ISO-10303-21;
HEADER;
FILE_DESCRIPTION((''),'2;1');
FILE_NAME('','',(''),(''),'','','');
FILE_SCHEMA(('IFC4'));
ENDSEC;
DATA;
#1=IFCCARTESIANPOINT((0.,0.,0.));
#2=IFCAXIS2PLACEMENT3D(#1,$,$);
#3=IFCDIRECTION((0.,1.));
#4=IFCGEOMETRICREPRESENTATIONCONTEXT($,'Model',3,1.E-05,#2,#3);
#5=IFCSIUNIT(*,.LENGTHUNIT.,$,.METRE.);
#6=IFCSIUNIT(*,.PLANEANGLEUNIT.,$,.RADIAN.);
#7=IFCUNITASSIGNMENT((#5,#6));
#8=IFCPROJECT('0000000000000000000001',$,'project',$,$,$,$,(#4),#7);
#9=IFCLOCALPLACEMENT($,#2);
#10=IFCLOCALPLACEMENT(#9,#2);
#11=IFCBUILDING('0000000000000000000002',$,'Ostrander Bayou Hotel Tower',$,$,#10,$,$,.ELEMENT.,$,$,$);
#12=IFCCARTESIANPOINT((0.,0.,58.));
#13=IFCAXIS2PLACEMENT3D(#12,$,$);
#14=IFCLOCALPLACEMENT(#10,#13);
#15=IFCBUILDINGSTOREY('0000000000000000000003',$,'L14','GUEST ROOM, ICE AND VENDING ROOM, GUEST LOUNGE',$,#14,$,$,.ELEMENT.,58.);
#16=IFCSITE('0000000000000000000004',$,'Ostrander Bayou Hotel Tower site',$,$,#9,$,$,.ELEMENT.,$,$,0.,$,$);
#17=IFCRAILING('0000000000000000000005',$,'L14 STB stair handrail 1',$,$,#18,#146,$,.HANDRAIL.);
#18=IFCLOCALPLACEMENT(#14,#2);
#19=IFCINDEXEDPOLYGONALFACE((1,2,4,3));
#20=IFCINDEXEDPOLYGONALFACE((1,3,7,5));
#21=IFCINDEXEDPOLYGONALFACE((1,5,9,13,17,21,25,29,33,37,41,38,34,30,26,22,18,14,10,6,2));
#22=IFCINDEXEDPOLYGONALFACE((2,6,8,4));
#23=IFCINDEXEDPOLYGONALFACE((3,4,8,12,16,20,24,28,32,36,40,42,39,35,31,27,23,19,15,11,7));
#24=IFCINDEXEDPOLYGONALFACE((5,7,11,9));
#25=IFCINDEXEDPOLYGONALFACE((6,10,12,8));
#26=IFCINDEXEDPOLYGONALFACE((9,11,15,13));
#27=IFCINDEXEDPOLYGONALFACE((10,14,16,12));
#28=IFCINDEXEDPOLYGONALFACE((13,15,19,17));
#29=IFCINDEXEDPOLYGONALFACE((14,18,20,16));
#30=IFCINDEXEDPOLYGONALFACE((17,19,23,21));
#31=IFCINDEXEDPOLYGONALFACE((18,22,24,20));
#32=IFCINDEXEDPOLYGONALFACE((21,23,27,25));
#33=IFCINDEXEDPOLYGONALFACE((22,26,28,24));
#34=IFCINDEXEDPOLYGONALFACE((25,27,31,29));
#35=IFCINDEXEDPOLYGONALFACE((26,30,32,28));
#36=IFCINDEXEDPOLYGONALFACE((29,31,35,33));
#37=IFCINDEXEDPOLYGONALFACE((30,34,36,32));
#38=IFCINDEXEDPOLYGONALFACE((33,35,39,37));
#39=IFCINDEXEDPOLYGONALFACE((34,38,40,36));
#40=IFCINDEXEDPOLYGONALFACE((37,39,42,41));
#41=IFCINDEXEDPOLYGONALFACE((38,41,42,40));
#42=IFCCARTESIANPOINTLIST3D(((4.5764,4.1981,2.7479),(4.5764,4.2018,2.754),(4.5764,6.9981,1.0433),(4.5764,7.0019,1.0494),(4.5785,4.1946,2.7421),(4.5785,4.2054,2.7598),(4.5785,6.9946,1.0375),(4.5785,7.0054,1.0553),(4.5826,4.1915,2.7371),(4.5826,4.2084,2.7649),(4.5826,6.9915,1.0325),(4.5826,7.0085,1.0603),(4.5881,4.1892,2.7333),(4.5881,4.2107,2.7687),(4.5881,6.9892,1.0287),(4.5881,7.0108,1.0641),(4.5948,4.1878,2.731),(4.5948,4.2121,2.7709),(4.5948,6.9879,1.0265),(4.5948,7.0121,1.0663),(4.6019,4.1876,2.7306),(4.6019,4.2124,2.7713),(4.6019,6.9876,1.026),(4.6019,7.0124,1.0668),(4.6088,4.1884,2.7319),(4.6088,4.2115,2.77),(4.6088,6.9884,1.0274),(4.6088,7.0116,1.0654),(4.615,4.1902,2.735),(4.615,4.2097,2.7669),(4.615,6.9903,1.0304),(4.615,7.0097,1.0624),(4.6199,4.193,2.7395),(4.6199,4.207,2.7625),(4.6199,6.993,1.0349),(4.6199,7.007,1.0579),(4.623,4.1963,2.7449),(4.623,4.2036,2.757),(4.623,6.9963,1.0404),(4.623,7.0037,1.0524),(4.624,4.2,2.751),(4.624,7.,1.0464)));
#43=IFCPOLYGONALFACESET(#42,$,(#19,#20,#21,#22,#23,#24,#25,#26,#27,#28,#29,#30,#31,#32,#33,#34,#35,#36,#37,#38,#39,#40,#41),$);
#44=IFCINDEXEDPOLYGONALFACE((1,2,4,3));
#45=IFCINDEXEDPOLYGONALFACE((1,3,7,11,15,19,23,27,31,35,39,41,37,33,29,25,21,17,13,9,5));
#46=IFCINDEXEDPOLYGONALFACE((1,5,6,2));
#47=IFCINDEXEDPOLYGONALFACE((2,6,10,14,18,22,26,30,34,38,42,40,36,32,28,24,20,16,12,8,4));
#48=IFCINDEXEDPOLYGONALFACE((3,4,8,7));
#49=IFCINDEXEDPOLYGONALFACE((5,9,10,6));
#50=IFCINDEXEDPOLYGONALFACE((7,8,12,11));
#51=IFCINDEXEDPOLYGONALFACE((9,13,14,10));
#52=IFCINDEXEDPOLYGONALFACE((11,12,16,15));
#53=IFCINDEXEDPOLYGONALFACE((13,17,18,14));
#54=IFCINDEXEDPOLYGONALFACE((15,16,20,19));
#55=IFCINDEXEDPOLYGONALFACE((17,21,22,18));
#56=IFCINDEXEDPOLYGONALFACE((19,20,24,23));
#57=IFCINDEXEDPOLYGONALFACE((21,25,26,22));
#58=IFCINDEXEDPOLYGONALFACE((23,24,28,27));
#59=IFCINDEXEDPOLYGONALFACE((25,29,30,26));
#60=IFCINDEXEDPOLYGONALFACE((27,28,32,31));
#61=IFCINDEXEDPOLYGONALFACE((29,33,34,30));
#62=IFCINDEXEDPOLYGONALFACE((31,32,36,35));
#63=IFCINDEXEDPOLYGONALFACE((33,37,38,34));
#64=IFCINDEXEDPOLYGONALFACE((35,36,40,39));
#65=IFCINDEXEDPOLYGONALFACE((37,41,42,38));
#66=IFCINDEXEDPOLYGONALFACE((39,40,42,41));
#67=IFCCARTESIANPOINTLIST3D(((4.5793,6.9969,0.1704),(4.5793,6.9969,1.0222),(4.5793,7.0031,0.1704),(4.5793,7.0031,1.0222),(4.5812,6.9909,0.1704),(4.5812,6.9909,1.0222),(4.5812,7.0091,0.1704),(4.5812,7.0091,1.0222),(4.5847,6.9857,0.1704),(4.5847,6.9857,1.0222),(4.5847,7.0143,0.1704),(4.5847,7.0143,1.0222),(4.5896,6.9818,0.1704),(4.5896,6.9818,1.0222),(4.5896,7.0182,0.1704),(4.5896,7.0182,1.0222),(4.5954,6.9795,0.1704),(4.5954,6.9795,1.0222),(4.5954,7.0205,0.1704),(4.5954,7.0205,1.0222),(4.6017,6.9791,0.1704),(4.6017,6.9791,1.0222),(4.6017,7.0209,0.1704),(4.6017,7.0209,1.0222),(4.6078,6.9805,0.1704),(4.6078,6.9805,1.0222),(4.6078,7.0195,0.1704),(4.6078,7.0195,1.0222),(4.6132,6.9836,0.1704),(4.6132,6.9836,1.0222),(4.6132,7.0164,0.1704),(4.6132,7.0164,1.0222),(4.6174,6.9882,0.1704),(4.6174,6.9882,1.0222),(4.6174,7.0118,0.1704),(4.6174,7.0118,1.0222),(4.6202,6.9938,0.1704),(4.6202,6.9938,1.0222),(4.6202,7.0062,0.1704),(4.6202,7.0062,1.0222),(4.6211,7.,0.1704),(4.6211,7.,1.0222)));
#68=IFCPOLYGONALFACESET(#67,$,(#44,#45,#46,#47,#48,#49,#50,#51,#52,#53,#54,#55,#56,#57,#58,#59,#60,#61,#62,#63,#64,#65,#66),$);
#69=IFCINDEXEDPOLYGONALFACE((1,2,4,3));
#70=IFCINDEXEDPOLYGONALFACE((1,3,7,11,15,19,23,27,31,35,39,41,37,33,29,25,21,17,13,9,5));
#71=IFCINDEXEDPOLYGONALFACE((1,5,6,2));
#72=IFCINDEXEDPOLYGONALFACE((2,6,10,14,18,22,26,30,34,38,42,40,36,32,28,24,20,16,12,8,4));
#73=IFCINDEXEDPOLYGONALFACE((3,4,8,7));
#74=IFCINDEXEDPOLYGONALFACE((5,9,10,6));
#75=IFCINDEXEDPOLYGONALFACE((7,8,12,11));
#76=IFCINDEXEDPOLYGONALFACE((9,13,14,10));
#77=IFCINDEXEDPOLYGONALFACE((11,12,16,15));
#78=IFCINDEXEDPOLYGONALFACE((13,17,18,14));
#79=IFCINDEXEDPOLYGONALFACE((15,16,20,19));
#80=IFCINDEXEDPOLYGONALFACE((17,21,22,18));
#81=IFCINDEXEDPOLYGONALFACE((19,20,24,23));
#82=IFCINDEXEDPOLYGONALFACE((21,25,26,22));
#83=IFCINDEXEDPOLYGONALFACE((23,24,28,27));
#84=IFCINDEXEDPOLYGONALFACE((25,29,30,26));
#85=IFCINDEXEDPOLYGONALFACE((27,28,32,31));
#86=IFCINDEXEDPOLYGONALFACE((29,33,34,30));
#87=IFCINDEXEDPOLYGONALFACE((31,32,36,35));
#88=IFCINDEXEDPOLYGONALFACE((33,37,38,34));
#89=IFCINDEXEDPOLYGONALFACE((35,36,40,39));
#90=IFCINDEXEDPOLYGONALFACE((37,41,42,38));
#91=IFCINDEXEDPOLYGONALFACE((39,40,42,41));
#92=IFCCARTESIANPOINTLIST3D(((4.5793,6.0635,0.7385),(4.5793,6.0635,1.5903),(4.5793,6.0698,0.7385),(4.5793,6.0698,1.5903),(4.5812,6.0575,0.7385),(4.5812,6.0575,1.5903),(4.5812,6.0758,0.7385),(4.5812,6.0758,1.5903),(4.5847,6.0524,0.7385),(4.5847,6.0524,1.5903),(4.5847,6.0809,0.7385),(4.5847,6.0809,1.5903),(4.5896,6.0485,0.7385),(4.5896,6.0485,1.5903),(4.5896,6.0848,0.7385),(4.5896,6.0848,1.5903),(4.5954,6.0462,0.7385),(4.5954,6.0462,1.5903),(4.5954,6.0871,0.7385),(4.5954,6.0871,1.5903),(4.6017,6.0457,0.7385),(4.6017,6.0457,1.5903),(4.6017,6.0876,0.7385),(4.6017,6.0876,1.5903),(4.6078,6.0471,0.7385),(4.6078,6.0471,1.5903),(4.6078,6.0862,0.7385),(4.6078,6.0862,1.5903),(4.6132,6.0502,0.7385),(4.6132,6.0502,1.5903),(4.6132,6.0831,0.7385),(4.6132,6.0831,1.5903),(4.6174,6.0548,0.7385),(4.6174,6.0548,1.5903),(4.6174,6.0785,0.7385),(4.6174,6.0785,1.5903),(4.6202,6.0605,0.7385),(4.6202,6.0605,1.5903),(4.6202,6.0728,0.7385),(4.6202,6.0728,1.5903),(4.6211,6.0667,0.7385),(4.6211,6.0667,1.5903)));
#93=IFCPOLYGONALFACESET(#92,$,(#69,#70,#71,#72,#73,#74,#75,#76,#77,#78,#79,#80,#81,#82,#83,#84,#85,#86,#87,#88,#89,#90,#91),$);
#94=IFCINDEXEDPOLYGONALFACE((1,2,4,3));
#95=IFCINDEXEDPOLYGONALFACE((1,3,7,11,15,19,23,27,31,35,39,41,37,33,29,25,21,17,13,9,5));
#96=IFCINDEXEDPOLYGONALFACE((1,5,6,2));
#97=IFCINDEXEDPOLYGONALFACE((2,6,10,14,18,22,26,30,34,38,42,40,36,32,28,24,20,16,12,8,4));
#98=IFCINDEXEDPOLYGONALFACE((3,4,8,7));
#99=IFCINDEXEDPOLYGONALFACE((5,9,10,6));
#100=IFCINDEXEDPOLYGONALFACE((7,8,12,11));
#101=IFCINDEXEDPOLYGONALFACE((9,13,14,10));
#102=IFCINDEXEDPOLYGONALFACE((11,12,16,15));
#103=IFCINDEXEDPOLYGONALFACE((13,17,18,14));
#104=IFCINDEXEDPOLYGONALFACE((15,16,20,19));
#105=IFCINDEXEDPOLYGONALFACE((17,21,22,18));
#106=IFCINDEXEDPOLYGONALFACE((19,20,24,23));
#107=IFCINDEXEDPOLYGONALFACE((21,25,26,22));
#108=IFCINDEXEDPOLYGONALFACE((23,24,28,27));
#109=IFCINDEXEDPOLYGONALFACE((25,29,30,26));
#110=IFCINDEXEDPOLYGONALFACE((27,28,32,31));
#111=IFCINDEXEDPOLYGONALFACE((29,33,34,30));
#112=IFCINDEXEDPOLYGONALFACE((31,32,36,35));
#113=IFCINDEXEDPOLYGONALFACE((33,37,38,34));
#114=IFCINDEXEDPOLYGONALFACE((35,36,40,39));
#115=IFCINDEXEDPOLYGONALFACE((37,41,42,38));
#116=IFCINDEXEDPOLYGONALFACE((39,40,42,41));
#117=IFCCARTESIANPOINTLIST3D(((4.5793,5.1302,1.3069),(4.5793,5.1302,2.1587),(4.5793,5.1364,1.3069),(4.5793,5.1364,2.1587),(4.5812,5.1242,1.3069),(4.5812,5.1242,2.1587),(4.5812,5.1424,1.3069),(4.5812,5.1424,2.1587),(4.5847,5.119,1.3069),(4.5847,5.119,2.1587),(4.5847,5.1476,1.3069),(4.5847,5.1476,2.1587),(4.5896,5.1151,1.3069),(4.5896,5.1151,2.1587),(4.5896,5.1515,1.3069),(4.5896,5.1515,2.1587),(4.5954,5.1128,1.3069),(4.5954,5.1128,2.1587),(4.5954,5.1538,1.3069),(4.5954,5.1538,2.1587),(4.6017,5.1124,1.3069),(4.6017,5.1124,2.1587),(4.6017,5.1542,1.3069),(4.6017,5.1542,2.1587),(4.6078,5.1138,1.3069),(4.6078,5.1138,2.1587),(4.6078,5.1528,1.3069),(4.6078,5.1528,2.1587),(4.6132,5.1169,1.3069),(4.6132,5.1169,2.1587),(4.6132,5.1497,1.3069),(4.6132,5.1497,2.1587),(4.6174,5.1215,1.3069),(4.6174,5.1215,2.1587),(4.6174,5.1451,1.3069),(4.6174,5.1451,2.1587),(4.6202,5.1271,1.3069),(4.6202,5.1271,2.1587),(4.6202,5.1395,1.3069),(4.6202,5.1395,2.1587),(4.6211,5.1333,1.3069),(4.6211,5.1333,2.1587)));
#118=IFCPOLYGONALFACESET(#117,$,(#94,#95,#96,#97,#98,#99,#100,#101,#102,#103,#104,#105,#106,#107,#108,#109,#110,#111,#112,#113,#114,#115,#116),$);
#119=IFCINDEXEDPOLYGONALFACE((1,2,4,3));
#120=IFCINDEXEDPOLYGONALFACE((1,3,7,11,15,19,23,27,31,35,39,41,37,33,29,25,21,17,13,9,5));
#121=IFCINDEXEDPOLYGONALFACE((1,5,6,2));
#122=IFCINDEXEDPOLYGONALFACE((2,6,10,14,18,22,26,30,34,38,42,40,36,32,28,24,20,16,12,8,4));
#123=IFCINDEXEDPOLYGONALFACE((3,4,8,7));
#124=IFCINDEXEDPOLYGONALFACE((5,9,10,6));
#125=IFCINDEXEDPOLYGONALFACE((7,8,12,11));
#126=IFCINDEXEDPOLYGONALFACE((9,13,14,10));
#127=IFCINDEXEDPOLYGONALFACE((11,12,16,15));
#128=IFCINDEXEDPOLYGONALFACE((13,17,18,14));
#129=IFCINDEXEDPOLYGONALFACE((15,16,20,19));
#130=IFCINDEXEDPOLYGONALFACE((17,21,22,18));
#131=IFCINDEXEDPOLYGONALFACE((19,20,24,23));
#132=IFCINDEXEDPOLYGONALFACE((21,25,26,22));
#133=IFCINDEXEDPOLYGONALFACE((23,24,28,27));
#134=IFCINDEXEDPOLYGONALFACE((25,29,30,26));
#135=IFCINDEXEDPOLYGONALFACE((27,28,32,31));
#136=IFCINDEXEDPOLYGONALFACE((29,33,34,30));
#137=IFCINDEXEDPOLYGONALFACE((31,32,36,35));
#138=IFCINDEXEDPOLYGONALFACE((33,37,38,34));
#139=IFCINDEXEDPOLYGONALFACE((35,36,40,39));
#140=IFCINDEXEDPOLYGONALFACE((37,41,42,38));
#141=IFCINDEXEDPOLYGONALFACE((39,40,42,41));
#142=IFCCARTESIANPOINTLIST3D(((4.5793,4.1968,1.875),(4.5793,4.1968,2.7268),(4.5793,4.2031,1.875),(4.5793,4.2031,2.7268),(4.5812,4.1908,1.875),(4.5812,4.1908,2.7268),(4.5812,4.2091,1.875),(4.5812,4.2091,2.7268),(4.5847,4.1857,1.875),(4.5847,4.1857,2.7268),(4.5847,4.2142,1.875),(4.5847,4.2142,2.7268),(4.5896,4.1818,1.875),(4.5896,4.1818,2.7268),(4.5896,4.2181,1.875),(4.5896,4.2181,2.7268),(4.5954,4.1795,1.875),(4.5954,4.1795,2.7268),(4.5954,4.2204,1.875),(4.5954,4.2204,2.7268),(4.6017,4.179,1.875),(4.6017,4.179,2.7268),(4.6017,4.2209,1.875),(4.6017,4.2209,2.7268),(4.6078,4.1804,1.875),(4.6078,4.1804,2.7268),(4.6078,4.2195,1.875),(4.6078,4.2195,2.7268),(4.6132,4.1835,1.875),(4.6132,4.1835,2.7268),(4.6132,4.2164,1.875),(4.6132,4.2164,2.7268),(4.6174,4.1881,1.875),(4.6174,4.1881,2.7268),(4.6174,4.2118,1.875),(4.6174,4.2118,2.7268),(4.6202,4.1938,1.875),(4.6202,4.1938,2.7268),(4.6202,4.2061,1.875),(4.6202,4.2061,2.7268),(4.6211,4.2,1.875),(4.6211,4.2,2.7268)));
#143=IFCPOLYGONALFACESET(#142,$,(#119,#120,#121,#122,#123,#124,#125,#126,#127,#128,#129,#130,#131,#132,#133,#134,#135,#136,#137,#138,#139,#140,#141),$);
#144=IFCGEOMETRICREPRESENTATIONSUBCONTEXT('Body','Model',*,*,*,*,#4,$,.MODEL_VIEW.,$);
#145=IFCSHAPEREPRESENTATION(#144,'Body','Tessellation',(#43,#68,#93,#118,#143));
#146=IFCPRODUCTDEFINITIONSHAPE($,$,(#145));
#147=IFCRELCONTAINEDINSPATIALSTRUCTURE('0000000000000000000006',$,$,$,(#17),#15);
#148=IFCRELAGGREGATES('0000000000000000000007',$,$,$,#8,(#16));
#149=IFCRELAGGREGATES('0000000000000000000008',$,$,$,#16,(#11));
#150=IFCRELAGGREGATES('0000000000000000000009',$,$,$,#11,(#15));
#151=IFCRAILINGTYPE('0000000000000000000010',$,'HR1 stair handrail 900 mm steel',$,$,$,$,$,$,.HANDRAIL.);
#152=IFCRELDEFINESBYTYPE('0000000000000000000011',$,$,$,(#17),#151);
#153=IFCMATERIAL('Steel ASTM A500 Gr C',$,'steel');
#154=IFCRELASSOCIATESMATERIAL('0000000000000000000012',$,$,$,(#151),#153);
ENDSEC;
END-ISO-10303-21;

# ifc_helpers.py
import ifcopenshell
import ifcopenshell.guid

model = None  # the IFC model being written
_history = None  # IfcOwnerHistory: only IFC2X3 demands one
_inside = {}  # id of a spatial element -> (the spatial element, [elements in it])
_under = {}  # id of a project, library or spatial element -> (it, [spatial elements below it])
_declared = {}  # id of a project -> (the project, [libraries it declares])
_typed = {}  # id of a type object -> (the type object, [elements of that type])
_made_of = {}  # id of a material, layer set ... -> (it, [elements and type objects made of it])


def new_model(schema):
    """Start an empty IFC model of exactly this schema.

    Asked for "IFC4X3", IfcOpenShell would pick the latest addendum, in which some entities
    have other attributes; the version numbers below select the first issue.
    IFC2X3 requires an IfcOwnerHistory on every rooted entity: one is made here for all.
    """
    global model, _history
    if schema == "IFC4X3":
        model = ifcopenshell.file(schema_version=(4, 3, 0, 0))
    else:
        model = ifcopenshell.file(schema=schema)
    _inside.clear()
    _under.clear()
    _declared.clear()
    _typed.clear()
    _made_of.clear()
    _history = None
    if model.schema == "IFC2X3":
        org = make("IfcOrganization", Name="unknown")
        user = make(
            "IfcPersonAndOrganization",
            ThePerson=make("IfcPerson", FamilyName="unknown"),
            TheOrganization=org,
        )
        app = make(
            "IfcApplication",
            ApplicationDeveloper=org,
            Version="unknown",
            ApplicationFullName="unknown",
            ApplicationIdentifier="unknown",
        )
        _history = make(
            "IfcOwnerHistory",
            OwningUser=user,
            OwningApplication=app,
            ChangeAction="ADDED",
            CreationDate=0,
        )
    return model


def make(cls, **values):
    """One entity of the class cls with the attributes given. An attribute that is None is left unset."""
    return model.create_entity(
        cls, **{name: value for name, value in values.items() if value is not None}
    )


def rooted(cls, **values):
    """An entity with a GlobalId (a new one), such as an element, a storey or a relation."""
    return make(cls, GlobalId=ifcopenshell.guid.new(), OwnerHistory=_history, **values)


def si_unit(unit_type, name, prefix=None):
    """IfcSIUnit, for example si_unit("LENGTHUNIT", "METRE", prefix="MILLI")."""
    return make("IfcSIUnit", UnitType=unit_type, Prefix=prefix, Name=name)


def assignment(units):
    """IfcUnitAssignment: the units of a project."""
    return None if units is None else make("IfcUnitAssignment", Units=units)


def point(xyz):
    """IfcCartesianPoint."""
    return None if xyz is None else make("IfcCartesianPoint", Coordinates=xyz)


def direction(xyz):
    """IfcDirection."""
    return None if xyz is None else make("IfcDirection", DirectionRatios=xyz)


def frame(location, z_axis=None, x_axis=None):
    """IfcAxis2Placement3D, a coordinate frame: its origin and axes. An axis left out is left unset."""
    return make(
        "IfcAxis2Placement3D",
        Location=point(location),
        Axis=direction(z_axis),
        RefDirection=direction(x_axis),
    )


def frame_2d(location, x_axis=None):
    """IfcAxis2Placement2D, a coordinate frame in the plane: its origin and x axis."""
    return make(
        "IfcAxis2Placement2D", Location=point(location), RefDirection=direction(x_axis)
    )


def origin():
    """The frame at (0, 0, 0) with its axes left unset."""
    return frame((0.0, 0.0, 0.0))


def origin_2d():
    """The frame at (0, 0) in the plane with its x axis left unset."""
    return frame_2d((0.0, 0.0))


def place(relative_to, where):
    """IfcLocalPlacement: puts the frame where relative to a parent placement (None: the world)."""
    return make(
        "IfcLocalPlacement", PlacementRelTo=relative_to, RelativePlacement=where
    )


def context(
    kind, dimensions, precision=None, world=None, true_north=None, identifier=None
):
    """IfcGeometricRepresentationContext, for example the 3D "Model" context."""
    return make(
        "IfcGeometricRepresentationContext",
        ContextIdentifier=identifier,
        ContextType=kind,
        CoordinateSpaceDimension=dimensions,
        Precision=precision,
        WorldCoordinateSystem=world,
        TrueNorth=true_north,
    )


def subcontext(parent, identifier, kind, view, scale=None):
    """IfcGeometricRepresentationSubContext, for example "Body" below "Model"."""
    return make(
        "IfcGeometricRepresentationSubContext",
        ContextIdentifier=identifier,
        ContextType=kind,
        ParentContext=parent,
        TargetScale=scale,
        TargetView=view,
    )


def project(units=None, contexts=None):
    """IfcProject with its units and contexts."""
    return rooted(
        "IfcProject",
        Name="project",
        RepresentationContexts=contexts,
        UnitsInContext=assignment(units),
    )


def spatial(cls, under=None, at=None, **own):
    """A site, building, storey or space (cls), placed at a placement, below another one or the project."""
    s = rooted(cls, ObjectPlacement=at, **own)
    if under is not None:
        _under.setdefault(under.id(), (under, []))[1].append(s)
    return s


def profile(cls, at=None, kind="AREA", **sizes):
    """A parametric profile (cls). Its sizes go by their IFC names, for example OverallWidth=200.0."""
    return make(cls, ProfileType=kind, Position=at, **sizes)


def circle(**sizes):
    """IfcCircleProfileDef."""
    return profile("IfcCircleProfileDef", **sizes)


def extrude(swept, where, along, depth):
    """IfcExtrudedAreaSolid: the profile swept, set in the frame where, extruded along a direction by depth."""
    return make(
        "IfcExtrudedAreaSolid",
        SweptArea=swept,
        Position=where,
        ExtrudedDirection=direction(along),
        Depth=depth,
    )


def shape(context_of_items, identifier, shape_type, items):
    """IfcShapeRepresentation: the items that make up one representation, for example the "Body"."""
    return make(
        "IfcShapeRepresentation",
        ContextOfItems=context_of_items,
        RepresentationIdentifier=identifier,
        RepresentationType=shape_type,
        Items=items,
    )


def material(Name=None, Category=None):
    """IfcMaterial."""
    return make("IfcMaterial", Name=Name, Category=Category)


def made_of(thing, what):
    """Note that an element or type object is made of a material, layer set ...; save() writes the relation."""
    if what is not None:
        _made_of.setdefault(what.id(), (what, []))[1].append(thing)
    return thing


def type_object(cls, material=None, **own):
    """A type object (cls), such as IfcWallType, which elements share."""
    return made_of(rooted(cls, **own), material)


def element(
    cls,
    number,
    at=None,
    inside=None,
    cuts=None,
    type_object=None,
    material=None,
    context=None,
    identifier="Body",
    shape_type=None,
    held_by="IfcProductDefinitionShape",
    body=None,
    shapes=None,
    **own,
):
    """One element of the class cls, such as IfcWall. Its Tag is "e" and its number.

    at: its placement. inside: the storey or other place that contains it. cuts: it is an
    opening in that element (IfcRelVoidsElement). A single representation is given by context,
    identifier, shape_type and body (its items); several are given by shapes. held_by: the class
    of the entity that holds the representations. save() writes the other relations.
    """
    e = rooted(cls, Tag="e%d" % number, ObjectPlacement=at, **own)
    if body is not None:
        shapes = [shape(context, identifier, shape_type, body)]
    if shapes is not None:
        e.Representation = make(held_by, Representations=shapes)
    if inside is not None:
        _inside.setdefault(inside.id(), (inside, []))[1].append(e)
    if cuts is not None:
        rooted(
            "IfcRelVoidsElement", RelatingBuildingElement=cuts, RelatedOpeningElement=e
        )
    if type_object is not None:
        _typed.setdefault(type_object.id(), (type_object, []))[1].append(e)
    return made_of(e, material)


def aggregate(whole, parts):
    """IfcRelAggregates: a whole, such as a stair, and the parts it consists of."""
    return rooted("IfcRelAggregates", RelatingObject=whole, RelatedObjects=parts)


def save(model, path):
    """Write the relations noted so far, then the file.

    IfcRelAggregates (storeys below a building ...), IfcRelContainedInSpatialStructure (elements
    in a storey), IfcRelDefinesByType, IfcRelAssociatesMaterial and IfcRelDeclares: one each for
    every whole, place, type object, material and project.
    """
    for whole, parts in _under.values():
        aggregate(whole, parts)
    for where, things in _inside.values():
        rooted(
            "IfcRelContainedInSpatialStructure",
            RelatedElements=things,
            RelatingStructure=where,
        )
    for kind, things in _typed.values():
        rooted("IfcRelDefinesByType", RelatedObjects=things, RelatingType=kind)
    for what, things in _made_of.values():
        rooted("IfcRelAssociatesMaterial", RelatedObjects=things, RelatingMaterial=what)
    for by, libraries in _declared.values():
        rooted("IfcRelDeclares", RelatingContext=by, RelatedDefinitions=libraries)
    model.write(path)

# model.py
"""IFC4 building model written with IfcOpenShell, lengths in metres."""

from ifc_helpers import new_model, si_unit, direction, frame, origin, origin_2d, place, context, subcontext, project, spatial, circle, extrude, material, type_object, element, save


model = new_model("IFC4")

# Units and contexts
model_context = context("Model", 3, precision=1e-05, world=origin(), true_north=direction((0.0, 1.0)))
body_context = subcontext(model_context, "Body", "Model", "MODEL_VIEW")
ifc_project = project(units=[si_unit("LENGTHUNIT", "METRE"), si_unit("PLANEANGLEUNIT", "RADIAN")], contexts=[model_context])

# Site, building, storey
site_placement = place(None, origin())
site = spatial("IfcSite", under=ifc_project, at=site_placement, Name="Ostrander Bayou Hotel Tower site", CompositionType="ELEMENT", RefElevation=0.0)
building_placement = place(site_placement, origin())
building = spatial("IfcBuilding", under=site, at=building_placement, Name="Ostrander Bayou Hotel Tower", CompositionType="ELEMENT")
storey_placement = place(building_placement, frame((0.0, 0.0, 58.0)))
storey = spatial("IfcBuildingStorey", under=building, at=storey_placement, Name="L14", Description="GUEST ROOM, ICE AND VENDING ROOM, GUEST LOUNGE", CompositionType="ELEMENT", Elevation=58.0)

# Railing
ifc_material_1 = material(Name="Steel ASTM A500 Gr C", Category="steel")
railing_type_1 = type_object("IfcRailingType", Name="HR1 stair handrail 900 mm steel", PredefinedType="HANDRAIL", material=ifc_material_1)
railing_1_placement = place(storey_placement, frame((4.6001, 7.0, 0.1704)))
element("IfcRailing", 1, at=railing_1_placement, inside=storey, type_object=railing_type_1, Name="L14 STB stair handrail 1", PredefinedType="HANDRAIL", context=body_context, shape_type="SweptSolid", body=[
    extrude(circle(Radius=0.0239, at=origin_2d()), frame((0.0, 0.0, 0.876), z_axis=(0.0, -0.85417, 0.519994), x_axis=(1.0, 0.0, 0.0)), (0.0, 0.0, 1.0), 3.2781),
    extrude(circle(Radius=0.021, at=origin_2d()), origin(), (0.0, 0.0, 1.0), 0.8518),
    extrude(circle(Radius=0.021, at=origin_2d()), frame((0.0, -0.9333, 0.5681)), (0.0, 0.0, 1.0), 0.8518),
    extrude(circle(Radius=0.021, at=origin_2d()), frame((0.0, -1.8667, 1.1365)), (0.0, 0.0, 1.0), 0.8518),
    extrude(circle(Radius=0.021, at=origin_2d()), frame((0.0, -2.8, 1.7046)), (0.0, 0.0, 1.0), 0.8518),
])

save(model, "model.ifc")
